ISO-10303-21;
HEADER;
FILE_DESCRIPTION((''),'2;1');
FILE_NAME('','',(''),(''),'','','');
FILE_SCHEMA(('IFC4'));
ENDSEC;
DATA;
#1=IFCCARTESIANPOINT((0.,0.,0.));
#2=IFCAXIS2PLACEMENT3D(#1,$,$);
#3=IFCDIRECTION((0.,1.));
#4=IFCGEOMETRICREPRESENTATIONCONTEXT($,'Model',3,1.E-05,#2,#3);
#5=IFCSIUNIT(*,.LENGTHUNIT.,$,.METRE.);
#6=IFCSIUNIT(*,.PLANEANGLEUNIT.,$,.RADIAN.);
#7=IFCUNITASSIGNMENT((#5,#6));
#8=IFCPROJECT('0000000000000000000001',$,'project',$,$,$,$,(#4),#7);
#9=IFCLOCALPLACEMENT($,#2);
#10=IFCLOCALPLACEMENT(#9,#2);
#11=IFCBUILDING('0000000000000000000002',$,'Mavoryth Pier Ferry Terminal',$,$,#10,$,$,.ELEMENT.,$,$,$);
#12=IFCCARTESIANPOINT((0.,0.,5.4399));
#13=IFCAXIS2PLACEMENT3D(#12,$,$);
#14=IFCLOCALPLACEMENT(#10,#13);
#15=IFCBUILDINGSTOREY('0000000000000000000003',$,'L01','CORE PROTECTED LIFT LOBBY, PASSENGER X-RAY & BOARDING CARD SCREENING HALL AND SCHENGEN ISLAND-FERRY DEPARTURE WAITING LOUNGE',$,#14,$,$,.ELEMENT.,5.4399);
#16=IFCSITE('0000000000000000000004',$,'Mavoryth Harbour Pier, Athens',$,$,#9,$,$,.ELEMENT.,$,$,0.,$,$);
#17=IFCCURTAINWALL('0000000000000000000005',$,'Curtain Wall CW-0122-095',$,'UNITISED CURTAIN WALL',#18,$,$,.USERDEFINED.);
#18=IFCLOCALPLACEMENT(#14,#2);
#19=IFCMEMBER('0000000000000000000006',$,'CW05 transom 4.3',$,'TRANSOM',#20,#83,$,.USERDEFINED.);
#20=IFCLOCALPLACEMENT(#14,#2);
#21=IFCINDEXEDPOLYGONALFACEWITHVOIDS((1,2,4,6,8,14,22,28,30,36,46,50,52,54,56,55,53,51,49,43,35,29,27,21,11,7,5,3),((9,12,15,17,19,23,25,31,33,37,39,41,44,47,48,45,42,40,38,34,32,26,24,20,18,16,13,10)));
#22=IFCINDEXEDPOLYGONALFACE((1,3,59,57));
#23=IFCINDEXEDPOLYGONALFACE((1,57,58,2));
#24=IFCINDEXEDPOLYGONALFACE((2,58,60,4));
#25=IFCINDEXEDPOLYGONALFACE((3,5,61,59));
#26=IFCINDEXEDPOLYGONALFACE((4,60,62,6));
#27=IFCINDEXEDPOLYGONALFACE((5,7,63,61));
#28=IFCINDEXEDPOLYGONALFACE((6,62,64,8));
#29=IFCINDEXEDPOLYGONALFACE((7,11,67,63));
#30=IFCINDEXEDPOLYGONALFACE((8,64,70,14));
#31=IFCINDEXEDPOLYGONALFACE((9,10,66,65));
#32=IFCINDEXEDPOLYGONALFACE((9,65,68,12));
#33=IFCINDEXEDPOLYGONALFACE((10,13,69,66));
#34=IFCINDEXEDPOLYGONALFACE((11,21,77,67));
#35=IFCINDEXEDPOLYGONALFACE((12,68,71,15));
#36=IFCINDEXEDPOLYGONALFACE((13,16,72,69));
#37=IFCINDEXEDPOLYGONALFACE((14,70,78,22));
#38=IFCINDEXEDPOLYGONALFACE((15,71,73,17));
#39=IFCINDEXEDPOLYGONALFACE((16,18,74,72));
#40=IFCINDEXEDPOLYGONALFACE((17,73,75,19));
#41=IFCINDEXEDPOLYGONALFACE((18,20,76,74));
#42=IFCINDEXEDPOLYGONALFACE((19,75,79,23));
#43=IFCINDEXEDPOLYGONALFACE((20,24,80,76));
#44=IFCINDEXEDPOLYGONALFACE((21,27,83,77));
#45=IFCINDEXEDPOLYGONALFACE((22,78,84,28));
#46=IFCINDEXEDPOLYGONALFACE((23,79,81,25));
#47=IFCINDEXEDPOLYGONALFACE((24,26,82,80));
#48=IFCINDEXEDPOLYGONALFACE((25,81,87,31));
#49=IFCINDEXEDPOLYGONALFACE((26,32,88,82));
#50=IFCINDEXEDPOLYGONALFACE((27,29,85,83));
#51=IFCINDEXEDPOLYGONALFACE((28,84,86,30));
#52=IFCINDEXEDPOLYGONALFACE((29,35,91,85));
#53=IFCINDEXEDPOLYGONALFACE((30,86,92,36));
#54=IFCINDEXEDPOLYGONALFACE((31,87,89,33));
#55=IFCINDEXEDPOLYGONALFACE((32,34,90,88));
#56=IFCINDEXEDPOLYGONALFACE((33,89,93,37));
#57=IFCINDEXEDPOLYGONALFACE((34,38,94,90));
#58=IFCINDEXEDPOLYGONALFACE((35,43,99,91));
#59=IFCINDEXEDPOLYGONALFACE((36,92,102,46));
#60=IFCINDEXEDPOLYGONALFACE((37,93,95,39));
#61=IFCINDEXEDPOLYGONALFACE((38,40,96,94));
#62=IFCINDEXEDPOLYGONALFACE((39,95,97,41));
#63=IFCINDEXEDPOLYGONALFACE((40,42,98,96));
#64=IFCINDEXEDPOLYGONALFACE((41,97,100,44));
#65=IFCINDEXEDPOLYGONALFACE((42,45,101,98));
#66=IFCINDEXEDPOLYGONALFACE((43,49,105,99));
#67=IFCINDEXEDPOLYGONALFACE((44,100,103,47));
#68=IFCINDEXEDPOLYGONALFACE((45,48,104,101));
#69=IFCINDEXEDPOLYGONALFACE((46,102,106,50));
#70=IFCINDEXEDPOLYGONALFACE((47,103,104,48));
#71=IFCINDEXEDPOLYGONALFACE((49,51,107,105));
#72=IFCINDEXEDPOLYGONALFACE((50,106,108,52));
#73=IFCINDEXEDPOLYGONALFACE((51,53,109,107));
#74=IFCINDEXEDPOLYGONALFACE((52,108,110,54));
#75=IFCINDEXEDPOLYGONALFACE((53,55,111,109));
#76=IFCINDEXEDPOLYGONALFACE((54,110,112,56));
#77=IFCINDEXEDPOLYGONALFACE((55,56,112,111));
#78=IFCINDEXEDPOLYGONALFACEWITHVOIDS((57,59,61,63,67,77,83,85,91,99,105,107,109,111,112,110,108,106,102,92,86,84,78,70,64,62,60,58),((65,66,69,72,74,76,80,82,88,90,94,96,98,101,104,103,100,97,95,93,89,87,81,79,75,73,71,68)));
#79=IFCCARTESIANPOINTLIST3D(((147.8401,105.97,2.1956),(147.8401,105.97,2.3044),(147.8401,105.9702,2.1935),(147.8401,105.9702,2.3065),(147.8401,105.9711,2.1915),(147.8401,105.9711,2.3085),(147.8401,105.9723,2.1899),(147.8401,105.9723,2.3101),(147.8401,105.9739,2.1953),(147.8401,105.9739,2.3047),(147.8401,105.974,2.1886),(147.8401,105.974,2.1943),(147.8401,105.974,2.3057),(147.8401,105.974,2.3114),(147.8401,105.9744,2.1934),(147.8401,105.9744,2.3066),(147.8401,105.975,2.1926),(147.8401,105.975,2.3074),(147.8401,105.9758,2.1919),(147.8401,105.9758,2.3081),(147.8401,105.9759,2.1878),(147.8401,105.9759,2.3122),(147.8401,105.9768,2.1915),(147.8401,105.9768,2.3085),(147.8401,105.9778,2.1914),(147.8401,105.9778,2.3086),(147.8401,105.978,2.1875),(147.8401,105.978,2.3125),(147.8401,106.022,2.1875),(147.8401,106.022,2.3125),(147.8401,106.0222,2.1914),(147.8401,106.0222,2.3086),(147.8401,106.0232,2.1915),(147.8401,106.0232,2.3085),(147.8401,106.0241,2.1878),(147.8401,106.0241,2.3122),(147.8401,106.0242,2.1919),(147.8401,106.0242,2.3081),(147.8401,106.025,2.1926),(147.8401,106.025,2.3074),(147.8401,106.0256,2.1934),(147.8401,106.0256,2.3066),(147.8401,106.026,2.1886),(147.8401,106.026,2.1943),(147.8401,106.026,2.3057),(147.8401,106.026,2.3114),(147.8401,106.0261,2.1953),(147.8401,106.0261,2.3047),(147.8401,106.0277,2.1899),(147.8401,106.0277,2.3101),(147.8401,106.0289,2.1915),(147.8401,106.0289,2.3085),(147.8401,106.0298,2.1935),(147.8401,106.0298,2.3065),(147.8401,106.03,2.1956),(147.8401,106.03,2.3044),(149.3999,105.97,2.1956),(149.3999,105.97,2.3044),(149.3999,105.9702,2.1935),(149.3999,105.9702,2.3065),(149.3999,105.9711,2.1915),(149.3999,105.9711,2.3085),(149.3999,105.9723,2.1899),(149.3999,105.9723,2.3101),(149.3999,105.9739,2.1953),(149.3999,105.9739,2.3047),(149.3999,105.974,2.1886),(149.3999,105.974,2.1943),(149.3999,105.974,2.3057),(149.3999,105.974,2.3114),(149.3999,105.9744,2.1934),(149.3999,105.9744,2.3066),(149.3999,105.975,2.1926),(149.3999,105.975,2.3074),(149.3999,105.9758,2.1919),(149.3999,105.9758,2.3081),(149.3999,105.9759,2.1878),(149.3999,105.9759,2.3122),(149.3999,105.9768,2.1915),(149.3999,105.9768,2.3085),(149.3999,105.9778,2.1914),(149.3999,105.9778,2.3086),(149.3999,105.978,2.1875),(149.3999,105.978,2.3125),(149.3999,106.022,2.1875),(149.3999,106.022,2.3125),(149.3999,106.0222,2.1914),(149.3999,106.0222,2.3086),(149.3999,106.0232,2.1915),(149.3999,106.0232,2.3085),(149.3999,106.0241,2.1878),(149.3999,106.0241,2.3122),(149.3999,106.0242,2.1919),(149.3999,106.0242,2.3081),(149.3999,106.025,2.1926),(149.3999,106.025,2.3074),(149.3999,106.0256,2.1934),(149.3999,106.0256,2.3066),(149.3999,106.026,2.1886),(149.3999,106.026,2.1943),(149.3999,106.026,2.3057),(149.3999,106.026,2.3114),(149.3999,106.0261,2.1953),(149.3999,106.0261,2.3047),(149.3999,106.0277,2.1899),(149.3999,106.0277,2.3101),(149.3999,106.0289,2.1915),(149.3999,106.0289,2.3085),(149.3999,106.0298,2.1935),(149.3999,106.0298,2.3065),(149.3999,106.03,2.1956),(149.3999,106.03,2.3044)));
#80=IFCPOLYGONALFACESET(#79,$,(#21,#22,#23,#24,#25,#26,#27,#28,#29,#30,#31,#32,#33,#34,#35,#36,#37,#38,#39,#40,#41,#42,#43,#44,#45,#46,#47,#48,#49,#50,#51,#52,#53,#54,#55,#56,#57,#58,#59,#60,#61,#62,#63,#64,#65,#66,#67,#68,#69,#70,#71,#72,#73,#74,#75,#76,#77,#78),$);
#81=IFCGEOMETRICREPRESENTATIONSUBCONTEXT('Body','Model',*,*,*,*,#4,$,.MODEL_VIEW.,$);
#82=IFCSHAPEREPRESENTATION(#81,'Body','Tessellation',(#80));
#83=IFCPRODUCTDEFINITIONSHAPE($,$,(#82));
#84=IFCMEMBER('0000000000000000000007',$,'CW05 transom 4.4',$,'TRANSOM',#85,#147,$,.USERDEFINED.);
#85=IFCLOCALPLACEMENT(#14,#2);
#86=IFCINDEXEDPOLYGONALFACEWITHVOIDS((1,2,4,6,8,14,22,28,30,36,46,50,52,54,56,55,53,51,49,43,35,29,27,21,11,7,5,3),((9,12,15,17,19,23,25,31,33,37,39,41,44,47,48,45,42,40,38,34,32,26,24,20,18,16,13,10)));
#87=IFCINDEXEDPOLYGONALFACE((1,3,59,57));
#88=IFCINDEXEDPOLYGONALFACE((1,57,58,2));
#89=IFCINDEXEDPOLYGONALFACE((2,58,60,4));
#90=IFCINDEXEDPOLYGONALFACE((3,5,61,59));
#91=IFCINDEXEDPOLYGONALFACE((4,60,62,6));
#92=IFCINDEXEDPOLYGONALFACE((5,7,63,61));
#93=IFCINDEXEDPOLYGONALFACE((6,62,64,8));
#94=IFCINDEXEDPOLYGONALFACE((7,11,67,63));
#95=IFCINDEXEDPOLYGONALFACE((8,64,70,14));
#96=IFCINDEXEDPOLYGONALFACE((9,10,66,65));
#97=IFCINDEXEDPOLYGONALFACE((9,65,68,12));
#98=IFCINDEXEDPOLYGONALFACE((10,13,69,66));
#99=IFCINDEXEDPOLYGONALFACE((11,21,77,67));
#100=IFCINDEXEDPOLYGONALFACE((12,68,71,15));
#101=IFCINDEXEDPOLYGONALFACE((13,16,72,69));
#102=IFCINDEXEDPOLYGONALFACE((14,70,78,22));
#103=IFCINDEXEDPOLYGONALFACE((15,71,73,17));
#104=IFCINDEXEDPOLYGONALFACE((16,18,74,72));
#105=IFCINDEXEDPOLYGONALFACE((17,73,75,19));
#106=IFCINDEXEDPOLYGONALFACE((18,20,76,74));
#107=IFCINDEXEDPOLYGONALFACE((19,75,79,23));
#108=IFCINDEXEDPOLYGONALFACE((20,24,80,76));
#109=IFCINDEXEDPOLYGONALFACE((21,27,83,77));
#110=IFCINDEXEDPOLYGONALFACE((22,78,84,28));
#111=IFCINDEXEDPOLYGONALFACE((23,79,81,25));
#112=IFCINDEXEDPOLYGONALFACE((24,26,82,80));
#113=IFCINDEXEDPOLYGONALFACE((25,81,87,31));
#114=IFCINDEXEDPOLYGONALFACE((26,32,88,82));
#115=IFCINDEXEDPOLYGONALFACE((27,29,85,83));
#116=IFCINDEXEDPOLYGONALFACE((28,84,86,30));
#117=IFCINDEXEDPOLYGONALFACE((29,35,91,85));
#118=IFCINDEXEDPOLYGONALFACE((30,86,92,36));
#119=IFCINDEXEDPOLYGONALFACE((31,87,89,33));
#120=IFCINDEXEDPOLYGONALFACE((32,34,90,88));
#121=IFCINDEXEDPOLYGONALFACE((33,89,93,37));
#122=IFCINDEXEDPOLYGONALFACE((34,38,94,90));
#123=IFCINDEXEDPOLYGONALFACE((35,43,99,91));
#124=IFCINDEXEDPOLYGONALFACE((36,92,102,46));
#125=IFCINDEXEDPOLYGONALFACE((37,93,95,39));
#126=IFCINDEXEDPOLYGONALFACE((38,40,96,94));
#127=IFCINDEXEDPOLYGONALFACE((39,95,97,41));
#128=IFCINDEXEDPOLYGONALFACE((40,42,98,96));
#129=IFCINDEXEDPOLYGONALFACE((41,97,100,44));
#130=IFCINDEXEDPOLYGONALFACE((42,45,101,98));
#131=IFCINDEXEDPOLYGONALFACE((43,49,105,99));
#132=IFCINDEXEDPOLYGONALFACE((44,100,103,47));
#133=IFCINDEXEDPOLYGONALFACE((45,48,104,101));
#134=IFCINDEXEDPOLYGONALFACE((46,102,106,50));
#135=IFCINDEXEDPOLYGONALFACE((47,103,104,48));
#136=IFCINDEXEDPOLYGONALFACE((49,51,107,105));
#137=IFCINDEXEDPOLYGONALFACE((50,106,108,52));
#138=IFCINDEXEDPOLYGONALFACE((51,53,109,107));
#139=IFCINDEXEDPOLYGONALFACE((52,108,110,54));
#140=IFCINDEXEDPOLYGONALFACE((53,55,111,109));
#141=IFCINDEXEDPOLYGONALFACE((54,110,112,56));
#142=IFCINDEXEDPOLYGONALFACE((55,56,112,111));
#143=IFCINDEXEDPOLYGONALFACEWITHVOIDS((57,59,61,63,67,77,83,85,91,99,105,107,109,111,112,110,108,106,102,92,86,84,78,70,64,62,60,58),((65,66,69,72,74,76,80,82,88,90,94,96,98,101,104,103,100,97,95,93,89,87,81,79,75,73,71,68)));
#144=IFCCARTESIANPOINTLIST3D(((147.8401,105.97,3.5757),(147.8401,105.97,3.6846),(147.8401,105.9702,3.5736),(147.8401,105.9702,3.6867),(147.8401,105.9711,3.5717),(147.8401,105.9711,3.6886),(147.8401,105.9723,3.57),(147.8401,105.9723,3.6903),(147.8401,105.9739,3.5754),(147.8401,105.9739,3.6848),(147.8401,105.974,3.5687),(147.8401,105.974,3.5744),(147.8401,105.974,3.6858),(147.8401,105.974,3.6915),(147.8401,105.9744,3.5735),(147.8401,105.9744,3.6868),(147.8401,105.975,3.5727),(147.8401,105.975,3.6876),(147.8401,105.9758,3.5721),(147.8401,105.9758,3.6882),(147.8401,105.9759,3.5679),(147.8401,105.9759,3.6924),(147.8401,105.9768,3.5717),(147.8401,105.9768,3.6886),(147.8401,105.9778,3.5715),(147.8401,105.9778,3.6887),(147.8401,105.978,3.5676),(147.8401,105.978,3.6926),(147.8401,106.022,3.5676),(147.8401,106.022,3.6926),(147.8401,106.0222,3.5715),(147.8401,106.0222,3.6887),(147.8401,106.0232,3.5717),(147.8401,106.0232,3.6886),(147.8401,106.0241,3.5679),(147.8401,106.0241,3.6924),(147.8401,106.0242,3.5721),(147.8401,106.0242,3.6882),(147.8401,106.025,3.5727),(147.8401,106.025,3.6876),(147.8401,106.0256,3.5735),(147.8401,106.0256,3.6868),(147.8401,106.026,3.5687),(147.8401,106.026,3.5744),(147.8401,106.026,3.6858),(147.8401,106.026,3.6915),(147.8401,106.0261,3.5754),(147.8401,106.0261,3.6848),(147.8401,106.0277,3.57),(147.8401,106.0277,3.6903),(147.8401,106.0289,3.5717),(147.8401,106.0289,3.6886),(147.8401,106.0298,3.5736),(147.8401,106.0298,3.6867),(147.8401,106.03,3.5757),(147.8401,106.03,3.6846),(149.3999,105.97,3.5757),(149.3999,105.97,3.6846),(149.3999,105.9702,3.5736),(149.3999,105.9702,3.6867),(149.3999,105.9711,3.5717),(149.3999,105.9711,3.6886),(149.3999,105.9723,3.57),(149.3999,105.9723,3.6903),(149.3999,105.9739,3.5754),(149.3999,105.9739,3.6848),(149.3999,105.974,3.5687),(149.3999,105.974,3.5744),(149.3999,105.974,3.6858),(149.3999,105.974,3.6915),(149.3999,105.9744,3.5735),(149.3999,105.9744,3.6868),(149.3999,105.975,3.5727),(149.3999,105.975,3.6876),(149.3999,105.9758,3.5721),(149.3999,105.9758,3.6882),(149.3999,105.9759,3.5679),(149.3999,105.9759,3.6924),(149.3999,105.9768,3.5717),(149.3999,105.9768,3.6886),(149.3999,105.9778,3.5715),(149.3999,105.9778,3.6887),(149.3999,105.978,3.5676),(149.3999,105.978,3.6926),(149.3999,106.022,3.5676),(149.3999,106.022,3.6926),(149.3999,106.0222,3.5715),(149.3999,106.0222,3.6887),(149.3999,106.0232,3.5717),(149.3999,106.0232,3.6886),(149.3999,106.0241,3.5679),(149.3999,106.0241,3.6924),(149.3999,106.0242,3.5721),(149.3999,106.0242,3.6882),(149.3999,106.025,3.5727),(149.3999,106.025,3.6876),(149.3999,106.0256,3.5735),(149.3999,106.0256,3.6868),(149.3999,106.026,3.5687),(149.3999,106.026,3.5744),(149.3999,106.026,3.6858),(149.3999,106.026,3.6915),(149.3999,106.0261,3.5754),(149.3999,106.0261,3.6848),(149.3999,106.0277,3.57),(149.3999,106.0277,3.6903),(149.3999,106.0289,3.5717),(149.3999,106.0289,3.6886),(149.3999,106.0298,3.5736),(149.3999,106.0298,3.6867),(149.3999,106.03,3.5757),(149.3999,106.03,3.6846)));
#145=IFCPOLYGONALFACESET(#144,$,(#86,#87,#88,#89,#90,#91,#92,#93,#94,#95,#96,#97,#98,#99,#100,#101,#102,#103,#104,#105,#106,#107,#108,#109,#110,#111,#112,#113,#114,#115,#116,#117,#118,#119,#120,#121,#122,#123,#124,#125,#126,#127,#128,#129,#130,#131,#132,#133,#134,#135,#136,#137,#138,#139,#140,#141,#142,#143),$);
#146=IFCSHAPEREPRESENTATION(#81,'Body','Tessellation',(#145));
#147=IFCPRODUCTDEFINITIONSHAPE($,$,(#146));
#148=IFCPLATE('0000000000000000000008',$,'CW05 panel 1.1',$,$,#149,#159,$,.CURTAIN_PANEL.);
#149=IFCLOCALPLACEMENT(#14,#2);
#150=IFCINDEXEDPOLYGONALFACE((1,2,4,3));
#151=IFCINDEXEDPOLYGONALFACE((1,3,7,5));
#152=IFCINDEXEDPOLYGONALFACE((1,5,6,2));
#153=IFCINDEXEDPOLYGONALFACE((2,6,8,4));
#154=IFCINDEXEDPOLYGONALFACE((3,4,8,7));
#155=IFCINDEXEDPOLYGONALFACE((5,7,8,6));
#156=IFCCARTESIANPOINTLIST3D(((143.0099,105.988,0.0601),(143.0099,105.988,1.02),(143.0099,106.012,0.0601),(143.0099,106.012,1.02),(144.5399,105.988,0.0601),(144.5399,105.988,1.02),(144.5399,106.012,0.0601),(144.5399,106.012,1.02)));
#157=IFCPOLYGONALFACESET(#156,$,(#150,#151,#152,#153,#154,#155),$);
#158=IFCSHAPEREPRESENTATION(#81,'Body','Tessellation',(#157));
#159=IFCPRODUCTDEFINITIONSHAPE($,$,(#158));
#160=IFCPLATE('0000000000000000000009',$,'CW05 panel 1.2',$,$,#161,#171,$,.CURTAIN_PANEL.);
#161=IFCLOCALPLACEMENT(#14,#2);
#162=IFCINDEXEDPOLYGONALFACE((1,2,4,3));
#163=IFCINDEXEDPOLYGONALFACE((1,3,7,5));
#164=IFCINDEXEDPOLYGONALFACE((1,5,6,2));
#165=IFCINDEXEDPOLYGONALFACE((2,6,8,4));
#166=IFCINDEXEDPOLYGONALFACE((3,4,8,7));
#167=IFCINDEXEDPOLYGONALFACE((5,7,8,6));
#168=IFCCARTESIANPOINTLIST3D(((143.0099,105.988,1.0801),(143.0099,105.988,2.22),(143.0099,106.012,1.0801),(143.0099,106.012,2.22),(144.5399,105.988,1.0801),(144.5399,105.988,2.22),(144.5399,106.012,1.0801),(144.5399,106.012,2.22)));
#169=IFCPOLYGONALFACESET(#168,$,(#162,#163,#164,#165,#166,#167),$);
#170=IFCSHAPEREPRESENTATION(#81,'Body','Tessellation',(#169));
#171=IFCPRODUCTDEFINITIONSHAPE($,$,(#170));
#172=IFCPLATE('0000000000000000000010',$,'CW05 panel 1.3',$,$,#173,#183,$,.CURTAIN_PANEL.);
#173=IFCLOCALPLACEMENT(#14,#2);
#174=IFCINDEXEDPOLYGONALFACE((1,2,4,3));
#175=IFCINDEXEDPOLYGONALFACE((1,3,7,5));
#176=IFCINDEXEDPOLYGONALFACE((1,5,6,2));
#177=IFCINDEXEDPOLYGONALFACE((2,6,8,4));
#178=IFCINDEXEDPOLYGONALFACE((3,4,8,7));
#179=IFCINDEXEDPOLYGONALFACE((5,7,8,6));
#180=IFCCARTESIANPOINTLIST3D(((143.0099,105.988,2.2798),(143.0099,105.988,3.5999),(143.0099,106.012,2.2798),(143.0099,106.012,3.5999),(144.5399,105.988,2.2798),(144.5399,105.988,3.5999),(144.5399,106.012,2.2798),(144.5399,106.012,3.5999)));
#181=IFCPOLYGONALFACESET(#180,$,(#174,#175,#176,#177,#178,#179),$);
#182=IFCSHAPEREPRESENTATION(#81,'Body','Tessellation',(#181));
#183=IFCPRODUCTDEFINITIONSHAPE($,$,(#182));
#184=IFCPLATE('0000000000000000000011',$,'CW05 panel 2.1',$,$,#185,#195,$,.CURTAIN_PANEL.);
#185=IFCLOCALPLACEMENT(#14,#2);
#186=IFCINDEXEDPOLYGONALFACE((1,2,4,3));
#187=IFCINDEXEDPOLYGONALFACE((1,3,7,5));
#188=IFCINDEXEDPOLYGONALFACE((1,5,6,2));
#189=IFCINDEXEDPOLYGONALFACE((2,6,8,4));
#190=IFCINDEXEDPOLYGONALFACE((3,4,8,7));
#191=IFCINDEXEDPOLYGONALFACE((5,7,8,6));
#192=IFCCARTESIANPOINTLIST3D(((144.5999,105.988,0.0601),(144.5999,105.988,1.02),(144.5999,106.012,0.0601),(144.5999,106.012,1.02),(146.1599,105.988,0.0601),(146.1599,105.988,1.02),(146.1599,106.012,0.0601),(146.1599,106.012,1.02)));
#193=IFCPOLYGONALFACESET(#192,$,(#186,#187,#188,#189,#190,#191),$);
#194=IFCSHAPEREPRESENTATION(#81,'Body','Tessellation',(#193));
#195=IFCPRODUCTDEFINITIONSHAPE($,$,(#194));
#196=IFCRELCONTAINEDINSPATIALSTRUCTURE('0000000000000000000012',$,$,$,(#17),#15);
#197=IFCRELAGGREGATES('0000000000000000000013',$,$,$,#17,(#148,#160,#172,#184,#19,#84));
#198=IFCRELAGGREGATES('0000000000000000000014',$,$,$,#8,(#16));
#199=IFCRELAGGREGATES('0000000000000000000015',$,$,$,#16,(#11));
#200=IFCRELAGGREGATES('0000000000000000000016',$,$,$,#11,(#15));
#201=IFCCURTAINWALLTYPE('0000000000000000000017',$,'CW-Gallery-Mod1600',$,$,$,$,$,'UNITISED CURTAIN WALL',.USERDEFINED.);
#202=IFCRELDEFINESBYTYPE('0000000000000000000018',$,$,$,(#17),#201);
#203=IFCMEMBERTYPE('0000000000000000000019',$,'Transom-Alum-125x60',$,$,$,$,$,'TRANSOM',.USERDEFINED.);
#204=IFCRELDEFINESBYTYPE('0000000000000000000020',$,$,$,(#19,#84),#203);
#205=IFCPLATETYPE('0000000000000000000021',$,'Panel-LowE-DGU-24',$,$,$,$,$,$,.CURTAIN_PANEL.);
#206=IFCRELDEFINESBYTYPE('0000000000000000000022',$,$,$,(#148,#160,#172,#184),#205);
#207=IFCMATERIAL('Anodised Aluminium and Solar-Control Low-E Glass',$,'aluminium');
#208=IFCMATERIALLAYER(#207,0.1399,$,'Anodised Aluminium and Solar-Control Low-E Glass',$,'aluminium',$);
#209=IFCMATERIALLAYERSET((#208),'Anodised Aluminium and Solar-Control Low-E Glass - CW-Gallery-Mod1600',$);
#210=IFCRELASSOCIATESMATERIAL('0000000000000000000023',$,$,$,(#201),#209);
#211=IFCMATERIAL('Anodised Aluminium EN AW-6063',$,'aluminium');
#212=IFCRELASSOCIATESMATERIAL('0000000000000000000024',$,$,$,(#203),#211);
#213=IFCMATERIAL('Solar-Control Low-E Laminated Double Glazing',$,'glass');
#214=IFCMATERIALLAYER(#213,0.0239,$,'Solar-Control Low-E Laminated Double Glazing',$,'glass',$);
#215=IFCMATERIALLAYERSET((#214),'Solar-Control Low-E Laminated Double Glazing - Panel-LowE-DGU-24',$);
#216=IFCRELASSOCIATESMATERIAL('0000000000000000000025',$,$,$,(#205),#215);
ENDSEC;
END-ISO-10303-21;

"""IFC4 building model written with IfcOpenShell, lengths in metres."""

from ifc_helpers import new_model, si_unit, direction, frame, origin, origin_2d, place, context, subcontext, project, spatial, rectangle, hollow_rectangle, extrude, material, layer, layer_set, material_profile, profile_set, type_object, element, aggregate, save


model = new_model("IFC4")

# Units and contexts
model_context = context("Model", 3, precision=1e-05, world=origin(), true_north=direction((0.0, 1.0)))
body_context = subcontext(model_context, "Body", "Model", "MODEL_VIEW")
ifc_project = project(units=[si_unit("LENGTHUNIT", "METRE"), si_unit("PLANEANGLEUNIT", "RADIAN")], contexts=[model_context])

# Site, building, storey
site_placement = place(None, origin())
site = spatial("IfcSite", under=ifc_project, at=site_placement, Name="Mavoryth Harbour Pier, Athens", CompositionType="ELEMENT", RefElevation=0.0)
building_placement = place(site_placement, origin())
building = spatial("IfcBuilding", under=site, at=building_placement, Name="Mavoryth Pier Ferry Terminal", CompositionType="ELEMENT")
storey_placement = place(building_placement, frame((0.0, 0.0, 5.4399)))
storey = spatial("IfcBuildingStorey", under=building, at=storey_placement, Name="L01", Description="CORE PROTECTED LIFT LOBBY, PASSENGER X-RAY & BOARDING CARD SCREENING HALL AND SCHENGEN ISLAND-FERRY DEPARTURE WAITING LOUNGE", CompositionType="ELEMENT", Elevation=5.4399)

# Curtain wall
ifc_material_1 = material(Name="Anodised Aluminium and Solar-Control Low-E Glass", Category="aluminium")
ifc_layer_1 = layer(ifc_material_1, 0.1399, Name="Anodised Aluminium and Solar-Control Low-E Glass", Category="aluminium")
ifc_layer_set_1 = layer_set([ifc_layer_1], Name="Anodised Aluminium and Solar-Control Low-E Glass - CW-Gallery-Mod1600")
curtain_wall_type = type_object("IfcCurtainWallType", Name="CW-Gallery-Mod1600", ElementType="UNITISED CURTAIN WALL", PredefinedType="USERDEFINED", material=ifc_layer_set_1)
curtain_wall_placement = place(storey_placement, origin())
curtain_wall = element("IfcCurtainWall", 1, at=curtain_wall_placement, inside=storey, type_object=curtain_wall_type, Name="Curtain Wall CW-0122-095", ObjectType="UNITISED CURTAIN WALL", PredefinedType="USERDEFINED")
ifc_material_2 = material(Name="Anodised Aluminium EN AW-6063", Category="aluminium")

# Members
ifc_material_profile_1 = material_profile(ifc_material_2, hollow_rectangle(XDim=0.0601, YDim=0.125, WallThickness=0.0039, InnerFilletRadius=0.0039, OuterFilletRadius=0.0081, at=origin_2d()), Name="AL-TRAN 125x60x4", Category="aluminium")
ifc_profile_set_1 = profile_set([ifc_material_profile_1], Name="Anodised Aluminium EN AW-6063 - AL-TRAN 125x60x4")
member_type_1 = type_object("IfcMemberType", Name="Transom-Alum-125x60", ElementType="TRANSOM", PredefinedType="USERDEFINED", material=ifc_profile_set_1)
member_1_placement = place(storey_placement, frame((147.8401, 106.0, 2.25), z_axis=(1.0, 0.0, 0.0), x_axis=(0.0, 1.0, 0.0)))
member_1 = element("IfcMember", 2, at=member_1_placement, type_object=member_type_1, Name="CW05 transom 4.3", ObjectType="TRANSOM", PredefinedType="USERDEFINED", context=body_context, shape_type="SweptSolid", body=[
    extrude(hollow_rectangle(XDim=0.0601, YDim=0.125, WallThickness=0.0039, InnerFilletRadius=0.0039, OuterFilletRadius=0.0081, at=origin_2d()), origin(), (0.0, 0.0, 1.0), 1.5598),
])
member_2_placement = place(storey_placement, frame((147.8401, 106.0, 3.6301), z_axis=(1.0, 0.0, 0.0), x_axis=(0.0, 1.0, 0.0)))
member_2 = element("IfcMember", 3, at=member_2_placement, type_object=member_type_1, Name="CW05 transom 4.4", ObjectType="TRANSOM", PredefinedType="USERDEFINED", context=body_context, shape_type="SweptSolid", body=[
    extrude(hollow_rectangle(XDim=0.0601, YDim=0.125, WallThickness=0.0039, InnerFilletRadius=0.0039, OuterFilletRadius=0.0081, at=origin_2d()), origin(), (0.0, 0.0, 1.0), 1.5598),
])

# Plates
ifc_material_3 = material(Name="Solar-Control Low-E Laminated Double Glazing", Category="glass")
ifc_layer_2 = layer(ifc_material_3, 0.0239, Name="Solar-Control Low-E Laminated Double Glazing", Category="glass")
ifc_layer_set_2 = layer_set([ifc_layer_2], Name="Solar-Control Low-E Laminated Double Glazing - Panel-LowE-DGU-24")
plate_type_1 = type_object("IfcPlateType", Name="Panel-LowE-DGU-24", PredefinedType="CURTAIN_PANEL", material=ifc_layer_set_2)
plate_1_placement = place(storey_placement, frame((143.7749, 106.0, 0.0601), z_axis=(0.0, 0.0, 1.0), x_axis=(1.0, 0.0, 0.0)))
plate_1 = element("IfcPlate", 4, at=plate_1_placement, type_object=plate_type_1, Name="CW05 panel 1.1", PredefinedType="CURTAIN_PANEL", context=body_context, shape_type="SweptSolid", body=[
    extrude(rectangle(XDim=1.53, YDim=0.0239, at=origin_2d()), origin(), (0.0, 0.0, 1.0), 0.96),
])
plate_2_placement = place(storey_placement, frame((143.7749, 106.0, 1.0801), z_axis=(0.0, 0.0, 1.0), x_axis=(1.0, 0.0, 0.0)))
plate_2 = element("IfcPlate", 5, at=plate_2_placement, type_object=plate_type_1, Name="CW05 panel 1.2", PredefinedType="CURTAIN_PANEL", context=body_context, shape_type="SweptSolid", body=[
    extrude(rectangle(XDim=1.53, YDim=0.0239, at=origin_2d()), origin(), (0.0, 0.0, 1.0), 1.1399),
])
plate_3_placement = place(storey_placement, frame((143.7749, 106.0, 2.2798), z_axis=(0.0, 0.0, 1.0), x_axis=(1.0, 0.0, 0.0)))
plate_3 = element("IfcPlate", 6, at=plate_3_placement, type_object=plate_type_1, Name="CW05 panel 1.3", PredefinedType="CURTAIN_PANEL", context=body_context, shape_type="SweptSolid", body=[
    extrude(rectangle(XDim=1.53, YDim=0.0239, at=origin_2d()), origin(), (0.0, 0.0, 1.0), 1.3201),
])
plate_4_placement = place(storey_placement, frame((145.3799, 106.0, 0.0601), z_axis=(0.0, 0.0, 1.0), x_axis=(1.0, 0.0, 0.0)))
plate_4 = element("IfcPlate", 7, at=plate_4_placement, type_object=plate_type_1, Name="CW05 panel 2.1", PredefinedType="CURTAIN_PANEL", context=body_context, shape_type="SweptSolid", body=[
    extrude(rectangle(XDim=1.5601, YDim=0.0239, at=origin_2d()), origin(), (0.0, 0.0, 1.0), 0.96),
])
aggregate(curtain_wall, [plate_1, plate_2, plate_3, plate_4, member_1, member_2])

save(model, "model.ifc")
